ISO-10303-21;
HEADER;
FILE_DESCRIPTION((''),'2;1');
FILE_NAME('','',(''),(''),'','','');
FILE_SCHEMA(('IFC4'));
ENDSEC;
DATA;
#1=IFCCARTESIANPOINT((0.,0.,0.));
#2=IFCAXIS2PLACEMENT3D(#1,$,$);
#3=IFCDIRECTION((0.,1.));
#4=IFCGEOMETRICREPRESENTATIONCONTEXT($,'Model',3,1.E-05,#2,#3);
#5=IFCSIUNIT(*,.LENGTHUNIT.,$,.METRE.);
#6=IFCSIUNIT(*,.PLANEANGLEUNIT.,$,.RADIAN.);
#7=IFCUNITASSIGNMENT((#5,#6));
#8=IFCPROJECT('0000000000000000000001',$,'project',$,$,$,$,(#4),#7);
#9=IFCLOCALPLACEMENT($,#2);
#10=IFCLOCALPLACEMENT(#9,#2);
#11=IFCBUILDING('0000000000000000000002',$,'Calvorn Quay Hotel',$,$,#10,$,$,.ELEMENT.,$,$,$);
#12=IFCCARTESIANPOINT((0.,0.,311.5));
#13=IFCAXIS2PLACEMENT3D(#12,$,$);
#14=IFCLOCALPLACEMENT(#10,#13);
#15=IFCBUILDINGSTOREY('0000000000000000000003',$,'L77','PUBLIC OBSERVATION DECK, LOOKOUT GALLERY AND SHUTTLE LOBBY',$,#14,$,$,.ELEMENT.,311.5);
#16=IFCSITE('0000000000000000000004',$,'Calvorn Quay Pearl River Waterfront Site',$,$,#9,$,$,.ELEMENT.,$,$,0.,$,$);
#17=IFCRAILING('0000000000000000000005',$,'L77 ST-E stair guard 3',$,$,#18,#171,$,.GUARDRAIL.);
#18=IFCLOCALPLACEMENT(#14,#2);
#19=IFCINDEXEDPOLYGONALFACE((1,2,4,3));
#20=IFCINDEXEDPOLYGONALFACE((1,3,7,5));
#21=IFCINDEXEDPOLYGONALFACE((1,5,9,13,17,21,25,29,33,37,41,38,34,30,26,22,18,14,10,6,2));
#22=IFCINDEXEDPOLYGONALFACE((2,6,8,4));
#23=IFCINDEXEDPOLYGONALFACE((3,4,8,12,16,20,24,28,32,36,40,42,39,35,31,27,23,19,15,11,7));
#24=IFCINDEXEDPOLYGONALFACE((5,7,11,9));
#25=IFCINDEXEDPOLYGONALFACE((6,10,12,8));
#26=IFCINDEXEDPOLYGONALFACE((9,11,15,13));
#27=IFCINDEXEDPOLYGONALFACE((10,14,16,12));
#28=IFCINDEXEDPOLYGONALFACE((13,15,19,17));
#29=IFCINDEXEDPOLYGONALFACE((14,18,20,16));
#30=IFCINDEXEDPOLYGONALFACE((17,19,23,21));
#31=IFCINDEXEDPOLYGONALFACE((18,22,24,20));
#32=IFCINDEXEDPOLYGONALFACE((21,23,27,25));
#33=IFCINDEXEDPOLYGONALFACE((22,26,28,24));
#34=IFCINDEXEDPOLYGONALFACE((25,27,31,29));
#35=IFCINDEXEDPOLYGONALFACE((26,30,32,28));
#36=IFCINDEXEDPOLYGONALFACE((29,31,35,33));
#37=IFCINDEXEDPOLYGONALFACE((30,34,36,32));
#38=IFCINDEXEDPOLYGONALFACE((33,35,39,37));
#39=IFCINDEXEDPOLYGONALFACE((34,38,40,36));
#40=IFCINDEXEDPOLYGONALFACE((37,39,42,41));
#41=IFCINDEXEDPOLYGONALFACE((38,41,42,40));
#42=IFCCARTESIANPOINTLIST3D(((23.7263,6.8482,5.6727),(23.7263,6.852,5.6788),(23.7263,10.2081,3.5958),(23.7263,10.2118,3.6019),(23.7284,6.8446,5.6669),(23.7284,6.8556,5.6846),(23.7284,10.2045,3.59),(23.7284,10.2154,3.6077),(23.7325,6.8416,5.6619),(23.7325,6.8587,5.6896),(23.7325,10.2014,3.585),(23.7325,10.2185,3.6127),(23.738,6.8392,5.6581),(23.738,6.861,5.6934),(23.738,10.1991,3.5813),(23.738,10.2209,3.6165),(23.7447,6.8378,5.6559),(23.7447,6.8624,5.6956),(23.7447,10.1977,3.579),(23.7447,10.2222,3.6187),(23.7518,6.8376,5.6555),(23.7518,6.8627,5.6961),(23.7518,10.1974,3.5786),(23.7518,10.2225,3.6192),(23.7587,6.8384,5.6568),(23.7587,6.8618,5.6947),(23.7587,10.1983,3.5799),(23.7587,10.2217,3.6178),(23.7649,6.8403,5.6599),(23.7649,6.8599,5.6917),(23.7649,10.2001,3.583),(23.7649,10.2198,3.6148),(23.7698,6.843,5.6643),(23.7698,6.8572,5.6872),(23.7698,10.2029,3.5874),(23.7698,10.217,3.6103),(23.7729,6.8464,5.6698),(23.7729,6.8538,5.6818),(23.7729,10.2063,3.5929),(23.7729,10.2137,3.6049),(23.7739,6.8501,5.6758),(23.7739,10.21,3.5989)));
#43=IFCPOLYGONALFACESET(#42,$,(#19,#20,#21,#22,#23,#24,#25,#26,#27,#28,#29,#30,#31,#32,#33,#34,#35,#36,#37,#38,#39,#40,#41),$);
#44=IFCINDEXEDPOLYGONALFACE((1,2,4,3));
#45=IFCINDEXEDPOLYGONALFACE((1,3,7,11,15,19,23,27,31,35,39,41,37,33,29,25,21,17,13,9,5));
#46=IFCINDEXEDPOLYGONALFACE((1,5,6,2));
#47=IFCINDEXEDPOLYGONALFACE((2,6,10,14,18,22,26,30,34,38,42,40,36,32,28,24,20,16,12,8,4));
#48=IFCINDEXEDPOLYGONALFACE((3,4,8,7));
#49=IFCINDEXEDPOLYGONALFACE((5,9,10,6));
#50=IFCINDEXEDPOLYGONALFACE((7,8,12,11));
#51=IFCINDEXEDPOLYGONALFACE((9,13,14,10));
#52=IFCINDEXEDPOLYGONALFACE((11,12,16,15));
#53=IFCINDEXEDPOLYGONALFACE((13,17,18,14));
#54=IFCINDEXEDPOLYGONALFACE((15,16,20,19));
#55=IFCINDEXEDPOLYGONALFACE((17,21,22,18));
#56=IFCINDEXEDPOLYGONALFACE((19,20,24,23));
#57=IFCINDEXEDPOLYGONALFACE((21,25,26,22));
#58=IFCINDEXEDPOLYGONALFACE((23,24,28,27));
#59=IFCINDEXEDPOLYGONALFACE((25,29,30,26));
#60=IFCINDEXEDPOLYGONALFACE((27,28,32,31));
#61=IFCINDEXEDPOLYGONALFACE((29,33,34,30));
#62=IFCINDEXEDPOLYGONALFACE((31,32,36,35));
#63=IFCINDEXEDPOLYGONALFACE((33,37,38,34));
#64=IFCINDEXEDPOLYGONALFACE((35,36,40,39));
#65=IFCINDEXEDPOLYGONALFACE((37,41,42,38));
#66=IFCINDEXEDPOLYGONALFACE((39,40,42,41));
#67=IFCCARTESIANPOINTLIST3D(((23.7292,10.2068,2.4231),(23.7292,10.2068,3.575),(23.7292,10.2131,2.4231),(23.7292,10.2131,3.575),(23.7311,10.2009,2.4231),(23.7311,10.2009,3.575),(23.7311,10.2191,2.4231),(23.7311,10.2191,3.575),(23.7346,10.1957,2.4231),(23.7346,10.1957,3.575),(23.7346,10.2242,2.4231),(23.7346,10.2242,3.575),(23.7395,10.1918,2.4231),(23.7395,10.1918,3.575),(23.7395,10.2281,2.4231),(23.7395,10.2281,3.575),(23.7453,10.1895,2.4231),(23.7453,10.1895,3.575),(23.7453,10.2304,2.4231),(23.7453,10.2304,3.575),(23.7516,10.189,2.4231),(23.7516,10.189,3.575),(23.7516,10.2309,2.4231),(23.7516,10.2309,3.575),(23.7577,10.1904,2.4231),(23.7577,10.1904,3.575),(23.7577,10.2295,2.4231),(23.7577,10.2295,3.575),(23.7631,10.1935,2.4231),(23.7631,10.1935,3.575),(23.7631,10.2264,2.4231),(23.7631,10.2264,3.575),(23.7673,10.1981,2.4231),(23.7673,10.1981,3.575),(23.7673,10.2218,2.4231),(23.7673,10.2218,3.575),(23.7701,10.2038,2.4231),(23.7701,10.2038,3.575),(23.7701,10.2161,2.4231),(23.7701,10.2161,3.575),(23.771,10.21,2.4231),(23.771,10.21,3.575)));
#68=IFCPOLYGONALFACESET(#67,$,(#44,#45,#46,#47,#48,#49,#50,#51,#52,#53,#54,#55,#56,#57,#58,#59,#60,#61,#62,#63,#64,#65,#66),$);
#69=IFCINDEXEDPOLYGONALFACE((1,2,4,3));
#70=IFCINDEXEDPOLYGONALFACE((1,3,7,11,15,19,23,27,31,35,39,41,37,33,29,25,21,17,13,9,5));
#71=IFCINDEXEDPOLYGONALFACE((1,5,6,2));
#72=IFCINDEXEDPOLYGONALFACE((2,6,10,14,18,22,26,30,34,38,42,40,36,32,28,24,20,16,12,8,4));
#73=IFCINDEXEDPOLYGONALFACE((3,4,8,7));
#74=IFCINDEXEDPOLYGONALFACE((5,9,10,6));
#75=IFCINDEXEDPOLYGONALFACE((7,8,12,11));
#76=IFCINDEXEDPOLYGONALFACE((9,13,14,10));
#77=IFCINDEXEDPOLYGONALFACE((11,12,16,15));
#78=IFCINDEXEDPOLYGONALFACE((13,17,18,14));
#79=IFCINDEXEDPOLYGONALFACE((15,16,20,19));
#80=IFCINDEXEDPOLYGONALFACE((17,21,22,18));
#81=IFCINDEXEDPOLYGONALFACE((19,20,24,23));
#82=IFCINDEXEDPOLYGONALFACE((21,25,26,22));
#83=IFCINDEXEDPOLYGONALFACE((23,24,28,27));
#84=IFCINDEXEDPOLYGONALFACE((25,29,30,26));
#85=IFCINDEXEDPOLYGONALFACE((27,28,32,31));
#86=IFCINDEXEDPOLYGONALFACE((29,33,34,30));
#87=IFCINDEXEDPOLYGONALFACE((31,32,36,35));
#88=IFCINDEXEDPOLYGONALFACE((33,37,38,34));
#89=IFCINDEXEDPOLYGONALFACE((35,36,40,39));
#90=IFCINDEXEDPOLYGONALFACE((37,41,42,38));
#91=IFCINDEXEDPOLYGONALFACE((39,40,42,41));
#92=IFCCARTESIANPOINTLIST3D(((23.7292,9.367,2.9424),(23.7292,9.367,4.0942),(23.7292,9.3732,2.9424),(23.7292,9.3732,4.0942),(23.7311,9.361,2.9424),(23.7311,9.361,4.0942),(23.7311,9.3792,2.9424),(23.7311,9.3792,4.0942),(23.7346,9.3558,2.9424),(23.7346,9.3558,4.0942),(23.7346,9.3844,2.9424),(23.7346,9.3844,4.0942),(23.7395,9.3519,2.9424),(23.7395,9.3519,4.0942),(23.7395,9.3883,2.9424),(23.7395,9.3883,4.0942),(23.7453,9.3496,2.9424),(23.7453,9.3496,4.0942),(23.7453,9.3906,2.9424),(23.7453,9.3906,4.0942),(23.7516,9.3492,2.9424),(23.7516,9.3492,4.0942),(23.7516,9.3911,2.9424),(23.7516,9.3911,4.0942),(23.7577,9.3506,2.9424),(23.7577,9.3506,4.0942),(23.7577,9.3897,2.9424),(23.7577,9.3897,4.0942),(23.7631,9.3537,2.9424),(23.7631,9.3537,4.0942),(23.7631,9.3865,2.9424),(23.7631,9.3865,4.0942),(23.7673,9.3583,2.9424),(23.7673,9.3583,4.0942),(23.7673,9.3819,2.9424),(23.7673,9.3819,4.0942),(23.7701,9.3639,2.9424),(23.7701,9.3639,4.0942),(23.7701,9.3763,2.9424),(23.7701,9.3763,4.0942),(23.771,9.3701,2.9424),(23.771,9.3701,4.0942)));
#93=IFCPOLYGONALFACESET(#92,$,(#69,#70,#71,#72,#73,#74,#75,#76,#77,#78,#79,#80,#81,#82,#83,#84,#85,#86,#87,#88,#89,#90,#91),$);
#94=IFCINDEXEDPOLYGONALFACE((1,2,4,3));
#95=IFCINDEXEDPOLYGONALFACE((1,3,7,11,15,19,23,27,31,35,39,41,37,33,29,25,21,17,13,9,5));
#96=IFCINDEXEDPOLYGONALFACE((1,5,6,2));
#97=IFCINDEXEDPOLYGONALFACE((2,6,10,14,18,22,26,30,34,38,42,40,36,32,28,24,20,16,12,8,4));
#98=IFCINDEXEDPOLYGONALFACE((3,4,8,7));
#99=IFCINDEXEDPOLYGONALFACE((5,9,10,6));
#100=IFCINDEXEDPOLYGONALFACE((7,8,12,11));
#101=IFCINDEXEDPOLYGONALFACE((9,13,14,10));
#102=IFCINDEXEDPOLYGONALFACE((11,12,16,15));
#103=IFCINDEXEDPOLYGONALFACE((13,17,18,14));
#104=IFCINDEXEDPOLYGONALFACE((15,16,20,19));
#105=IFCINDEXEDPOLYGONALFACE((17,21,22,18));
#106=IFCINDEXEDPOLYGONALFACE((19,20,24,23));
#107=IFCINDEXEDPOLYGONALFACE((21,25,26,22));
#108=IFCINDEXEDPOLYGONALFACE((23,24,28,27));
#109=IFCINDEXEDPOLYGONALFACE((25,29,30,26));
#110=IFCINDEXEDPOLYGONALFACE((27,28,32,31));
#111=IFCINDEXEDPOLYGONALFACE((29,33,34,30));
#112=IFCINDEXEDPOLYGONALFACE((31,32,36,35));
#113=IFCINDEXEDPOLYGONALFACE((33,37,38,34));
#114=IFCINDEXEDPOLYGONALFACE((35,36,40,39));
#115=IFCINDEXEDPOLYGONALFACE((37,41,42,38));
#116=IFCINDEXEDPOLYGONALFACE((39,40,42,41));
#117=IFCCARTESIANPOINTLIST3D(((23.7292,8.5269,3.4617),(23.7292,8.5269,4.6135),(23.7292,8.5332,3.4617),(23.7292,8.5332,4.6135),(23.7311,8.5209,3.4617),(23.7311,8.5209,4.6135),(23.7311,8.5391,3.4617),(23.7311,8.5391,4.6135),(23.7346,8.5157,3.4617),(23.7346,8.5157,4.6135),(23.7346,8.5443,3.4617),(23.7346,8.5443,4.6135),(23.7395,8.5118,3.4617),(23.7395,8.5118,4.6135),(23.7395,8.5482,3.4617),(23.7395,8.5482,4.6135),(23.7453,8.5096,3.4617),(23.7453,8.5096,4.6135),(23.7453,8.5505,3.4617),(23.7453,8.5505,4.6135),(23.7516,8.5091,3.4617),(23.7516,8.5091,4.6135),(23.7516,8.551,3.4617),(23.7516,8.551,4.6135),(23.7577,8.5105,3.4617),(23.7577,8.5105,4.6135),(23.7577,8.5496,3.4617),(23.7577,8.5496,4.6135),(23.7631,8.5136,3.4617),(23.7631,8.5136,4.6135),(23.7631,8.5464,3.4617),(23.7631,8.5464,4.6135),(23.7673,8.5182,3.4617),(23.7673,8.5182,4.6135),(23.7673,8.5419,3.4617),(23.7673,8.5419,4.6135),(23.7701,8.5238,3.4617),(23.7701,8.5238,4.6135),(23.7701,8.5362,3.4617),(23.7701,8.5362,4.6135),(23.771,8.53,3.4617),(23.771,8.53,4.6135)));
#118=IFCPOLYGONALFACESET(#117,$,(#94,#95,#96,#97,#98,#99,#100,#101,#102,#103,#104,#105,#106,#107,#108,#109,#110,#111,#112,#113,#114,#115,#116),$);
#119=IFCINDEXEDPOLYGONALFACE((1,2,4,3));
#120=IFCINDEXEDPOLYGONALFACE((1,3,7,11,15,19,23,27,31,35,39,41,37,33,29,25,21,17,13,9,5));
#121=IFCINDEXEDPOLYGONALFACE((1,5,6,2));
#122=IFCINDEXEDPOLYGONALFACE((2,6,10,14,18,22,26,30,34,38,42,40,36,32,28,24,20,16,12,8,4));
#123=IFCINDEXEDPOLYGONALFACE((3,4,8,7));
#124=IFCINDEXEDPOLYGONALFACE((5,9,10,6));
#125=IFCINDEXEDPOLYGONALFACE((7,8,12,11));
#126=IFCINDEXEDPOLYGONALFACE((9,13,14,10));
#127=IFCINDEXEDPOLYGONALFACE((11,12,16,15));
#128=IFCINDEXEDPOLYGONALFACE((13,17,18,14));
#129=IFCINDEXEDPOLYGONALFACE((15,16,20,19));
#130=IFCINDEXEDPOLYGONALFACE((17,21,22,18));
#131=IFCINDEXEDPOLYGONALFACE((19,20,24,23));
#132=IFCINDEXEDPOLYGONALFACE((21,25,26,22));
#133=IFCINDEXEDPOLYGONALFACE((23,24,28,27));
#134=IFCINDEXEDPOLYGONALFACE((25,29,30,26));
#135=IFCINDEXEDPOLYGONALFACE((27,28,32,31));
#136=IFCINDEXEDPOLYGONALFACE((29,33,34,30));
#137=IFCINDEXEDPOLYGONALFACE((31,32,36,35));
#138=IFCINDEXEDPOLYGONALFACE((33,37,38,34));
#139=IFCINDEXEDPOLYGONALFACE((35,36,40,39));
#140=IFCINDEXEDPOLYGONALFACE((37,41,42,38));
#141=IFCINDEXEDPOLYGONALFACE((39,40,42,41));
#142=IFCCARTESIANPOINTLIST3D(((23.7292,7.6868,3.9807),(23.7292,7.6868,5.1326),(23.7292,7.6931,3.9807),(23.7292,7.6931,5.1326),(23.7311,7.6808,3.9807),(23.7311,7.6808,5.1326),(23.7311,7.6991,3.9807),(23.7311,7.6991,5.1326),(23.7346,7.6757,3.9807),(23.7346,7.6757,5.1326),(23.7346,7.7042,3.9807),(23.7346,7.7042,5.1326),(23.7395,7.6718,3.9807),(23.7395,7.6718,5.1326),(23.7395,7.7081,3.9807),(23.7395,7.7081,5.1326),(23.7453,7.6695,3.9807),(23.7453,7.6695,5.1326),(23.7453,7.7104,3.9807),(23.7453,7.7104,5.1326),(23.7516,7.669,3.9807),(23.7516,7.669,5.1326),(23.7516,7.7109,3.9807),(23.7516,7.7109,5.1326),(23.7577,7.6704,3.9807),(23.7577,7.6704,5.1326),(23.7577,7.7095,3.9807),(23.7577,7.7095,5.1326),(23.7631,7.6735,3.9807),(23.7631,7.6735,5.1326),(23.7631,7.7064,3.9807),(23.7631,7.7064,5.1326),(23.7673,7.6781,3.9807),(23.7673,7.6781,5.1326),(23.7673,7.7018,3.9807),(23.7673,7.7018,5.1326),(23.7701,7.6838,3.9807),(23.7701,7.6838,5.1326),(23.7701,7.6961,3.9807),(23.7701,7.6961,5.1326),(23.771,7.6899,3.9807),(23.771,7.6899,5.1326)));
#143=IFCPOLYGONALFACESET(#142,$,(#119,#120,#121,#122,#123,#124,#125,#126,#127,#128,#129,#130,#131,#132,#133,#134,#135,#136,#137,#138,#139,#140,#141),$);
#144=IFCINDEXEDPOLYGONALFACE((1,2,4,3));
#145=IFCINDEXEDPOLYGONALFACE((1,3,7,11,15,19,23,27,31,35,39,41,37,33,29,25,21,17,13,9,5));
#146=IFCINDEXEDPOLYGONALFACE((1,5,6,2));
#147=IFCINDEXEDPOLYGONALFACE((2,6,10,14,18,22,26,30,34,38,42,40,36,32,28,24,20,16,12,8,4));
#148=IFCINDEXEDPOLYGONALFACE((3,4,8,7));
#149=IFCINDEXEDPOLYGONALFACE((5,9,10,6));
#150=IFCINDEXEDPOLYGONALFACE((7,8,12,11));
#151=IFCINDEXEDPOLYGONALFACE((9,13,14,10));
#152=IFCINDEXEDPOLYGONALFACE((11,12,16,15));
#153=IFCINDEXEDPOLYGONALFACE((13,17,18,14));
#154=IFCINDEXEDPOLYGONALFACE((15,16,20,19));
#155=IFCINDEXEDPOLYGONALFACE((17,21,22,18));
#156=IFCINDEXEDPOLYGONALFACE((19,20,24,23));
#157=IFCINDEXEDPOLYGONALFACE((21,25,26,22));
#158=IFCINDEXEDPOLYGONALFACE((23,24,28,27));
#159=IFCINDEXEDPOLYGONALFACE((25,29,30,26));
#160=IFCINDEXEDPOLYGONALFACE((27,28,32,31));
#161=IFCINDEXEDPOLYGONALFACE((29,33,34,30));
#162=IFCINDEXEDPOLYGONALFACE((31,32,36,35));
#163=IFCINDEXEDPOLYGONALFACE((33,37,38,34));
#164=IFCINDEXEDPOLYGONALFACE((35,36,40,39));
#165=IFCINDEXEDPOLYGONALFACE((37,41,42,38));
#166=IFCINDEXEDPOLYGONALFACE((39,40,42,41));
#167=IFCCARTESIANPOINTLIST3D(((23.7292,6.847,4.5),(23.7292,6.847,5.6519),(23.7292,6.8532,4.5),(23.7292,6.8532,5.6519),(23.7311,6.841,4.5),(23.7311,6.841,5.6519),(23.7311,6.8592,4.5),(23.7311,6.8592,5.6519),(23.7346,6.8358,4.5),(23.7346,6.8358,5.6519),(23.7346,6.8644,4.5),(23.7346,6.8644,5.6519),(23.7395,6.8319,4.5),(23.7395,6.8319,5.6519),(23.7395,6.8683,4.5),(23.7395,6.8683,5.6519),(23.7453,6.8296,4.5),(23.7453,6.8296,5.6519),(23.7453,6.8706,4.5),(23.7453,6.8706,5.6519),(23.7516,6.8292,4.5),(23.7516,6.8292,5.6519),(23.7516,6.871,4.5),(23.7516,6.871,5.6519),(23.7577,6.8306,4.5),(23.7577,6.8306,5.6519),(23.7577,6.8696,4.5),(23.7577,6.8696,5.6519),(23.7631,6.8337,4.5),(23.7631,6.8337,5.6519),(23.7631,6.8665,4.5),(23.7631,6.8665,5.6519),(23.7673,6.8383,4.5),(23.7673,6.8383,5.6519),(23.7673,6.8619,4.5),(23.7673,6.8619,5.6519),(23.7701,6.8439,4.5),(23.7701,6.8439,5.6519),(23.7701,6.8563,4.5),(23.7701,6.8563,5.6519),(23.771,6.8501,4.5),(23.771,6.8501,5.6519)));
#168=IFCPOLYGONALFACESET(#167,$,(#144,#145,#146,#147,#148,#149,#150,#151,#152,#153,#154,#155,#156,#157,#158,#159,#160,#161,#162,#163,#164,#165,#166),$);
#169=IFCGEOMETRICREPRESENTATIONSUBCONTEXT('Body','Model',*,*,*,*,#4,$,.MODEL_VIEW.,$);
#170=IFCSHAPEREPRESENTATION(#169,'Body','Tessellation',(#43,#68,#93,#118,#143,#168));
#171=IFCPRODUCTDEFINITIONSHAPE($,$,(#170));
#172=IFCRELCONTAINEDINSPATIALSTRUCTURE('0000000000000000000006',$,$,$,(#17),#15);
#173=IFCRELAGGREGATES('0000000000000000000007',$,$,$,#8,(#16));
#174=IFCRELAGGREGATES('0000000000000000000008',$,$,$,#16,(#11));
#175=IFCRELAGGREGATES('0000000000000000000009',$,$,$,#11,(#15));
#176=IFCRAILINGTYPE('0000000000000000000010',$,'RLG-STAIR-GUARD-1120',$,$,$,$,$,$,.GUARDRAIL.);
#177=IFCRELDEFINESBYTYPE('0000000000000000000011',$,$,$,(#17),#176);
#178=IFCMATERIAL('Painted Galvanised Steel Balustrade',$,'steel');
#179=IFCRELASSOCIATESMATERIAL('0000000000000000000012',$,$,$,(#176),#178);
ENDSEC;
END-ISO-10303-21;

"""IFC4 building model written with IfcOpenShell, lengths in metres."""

from ifc_helpers import new_model, si_unit, direction, frame, origin, origin_2d, place, context, subcontext, project, spatial, circle, extrude, material, type_object, element, save


model = new_model("IFC4")

# Units and contexts
model_context = context("Model", 3, precision=1e-05, world=origin(), true_north=direction((0.0, 1.0)))
body_context = subcontext(model_context, "Body", "Model", "MODEL_VIEW")
ifc_project = project(units=[si_unit("LENGTHUNIT", "METRE"), si_unit("PLANEANGLEUNIT", "RADIAN")], contexts=[model_context])

# Site, building, storey
site_placement = place(None, origin())
site = spatial("IfcSite", under=ifc_project, at=site_placement, Name="Calvorn Quay Pearl River Waterfront Site", CompositionType="ELEMENT", RefElevation=0.0)
building_placement = place(site_placement, origin())
building = spatial("IfcBuilding", under=site, at=building_placement, Name="Calvorn Quay Hotel", CompositionType="ELEMENT")
storey_placement = place(building_placement, frame((0.0, 0.0, 311.5)))
storey = spatial("IfcBuildingStorey", under=building, at=storey_placement, Name="L77", Description="PUBLIC OBSERVATION DECK, LOOKOUT GALLERY AND SHUTTLE LOBBY", CompositionType="ELEMENT", Elevation=311.5)

# Railing
ifc_material_1 = material(Name="Painted Galvanised Steel Balustrade", Category="steel")
railing_type_1 = type_object("IfcRailingType", Name="RLG-STAIR-GUARD-1120", PredefinedType="GUARDRAIL", material=ifc_material_1)
railing_1_placement = place(storey_placement, frame((23.75, 10.21, 2.4231)))
element("IfcRailing", 1, at=railing_1_placement, inside=storey, type_object=railing_type_1, Name="L77 ST-E stair guard 3", PredefinedType="GUARDRAIL", context=body_context, shape_type="SweptSolid", body=[
    extrude(circle(Radius=0.0239, at=origin_2d()), frame((0.0, 0.0, 1.1758), z_axis=(0.0, -0.850606, 0.525803), x_axis=(1.0, 0.0, 0.0)), (0.0, 0.0, 1.0), 3.95),
    extrude(circle(Radius=0.021, at=origin_2d()), origin(), (0.0, 0.0, 1.0), 1.1519),
    extrude(circle(Radius=0.021, at=origin_2d()), frame((0.0, -0.8398, 0.5193)), (0.0, 0.0, 1.0), 1.1519),
    extrude(circle(Radius=0.021, at=origin_2d()), frame((0.0, -1.6799, 1.0386)), (0.0, 0.0, 1.0), 1.1519),
    extrude(circle(Radius=0.021, at=origin_2d()), frame((0.0, -2.52, 1.5576)), (0.0, 0.0, 1.0), 1.1519),
    extrude(circle(Radius=0.021, at=origin_2d()), frame((0.0, -3.3599, 2.0769)), (0.0, 0.0, 1.0), 1.1519),
])

save(model, "model.ifc")
